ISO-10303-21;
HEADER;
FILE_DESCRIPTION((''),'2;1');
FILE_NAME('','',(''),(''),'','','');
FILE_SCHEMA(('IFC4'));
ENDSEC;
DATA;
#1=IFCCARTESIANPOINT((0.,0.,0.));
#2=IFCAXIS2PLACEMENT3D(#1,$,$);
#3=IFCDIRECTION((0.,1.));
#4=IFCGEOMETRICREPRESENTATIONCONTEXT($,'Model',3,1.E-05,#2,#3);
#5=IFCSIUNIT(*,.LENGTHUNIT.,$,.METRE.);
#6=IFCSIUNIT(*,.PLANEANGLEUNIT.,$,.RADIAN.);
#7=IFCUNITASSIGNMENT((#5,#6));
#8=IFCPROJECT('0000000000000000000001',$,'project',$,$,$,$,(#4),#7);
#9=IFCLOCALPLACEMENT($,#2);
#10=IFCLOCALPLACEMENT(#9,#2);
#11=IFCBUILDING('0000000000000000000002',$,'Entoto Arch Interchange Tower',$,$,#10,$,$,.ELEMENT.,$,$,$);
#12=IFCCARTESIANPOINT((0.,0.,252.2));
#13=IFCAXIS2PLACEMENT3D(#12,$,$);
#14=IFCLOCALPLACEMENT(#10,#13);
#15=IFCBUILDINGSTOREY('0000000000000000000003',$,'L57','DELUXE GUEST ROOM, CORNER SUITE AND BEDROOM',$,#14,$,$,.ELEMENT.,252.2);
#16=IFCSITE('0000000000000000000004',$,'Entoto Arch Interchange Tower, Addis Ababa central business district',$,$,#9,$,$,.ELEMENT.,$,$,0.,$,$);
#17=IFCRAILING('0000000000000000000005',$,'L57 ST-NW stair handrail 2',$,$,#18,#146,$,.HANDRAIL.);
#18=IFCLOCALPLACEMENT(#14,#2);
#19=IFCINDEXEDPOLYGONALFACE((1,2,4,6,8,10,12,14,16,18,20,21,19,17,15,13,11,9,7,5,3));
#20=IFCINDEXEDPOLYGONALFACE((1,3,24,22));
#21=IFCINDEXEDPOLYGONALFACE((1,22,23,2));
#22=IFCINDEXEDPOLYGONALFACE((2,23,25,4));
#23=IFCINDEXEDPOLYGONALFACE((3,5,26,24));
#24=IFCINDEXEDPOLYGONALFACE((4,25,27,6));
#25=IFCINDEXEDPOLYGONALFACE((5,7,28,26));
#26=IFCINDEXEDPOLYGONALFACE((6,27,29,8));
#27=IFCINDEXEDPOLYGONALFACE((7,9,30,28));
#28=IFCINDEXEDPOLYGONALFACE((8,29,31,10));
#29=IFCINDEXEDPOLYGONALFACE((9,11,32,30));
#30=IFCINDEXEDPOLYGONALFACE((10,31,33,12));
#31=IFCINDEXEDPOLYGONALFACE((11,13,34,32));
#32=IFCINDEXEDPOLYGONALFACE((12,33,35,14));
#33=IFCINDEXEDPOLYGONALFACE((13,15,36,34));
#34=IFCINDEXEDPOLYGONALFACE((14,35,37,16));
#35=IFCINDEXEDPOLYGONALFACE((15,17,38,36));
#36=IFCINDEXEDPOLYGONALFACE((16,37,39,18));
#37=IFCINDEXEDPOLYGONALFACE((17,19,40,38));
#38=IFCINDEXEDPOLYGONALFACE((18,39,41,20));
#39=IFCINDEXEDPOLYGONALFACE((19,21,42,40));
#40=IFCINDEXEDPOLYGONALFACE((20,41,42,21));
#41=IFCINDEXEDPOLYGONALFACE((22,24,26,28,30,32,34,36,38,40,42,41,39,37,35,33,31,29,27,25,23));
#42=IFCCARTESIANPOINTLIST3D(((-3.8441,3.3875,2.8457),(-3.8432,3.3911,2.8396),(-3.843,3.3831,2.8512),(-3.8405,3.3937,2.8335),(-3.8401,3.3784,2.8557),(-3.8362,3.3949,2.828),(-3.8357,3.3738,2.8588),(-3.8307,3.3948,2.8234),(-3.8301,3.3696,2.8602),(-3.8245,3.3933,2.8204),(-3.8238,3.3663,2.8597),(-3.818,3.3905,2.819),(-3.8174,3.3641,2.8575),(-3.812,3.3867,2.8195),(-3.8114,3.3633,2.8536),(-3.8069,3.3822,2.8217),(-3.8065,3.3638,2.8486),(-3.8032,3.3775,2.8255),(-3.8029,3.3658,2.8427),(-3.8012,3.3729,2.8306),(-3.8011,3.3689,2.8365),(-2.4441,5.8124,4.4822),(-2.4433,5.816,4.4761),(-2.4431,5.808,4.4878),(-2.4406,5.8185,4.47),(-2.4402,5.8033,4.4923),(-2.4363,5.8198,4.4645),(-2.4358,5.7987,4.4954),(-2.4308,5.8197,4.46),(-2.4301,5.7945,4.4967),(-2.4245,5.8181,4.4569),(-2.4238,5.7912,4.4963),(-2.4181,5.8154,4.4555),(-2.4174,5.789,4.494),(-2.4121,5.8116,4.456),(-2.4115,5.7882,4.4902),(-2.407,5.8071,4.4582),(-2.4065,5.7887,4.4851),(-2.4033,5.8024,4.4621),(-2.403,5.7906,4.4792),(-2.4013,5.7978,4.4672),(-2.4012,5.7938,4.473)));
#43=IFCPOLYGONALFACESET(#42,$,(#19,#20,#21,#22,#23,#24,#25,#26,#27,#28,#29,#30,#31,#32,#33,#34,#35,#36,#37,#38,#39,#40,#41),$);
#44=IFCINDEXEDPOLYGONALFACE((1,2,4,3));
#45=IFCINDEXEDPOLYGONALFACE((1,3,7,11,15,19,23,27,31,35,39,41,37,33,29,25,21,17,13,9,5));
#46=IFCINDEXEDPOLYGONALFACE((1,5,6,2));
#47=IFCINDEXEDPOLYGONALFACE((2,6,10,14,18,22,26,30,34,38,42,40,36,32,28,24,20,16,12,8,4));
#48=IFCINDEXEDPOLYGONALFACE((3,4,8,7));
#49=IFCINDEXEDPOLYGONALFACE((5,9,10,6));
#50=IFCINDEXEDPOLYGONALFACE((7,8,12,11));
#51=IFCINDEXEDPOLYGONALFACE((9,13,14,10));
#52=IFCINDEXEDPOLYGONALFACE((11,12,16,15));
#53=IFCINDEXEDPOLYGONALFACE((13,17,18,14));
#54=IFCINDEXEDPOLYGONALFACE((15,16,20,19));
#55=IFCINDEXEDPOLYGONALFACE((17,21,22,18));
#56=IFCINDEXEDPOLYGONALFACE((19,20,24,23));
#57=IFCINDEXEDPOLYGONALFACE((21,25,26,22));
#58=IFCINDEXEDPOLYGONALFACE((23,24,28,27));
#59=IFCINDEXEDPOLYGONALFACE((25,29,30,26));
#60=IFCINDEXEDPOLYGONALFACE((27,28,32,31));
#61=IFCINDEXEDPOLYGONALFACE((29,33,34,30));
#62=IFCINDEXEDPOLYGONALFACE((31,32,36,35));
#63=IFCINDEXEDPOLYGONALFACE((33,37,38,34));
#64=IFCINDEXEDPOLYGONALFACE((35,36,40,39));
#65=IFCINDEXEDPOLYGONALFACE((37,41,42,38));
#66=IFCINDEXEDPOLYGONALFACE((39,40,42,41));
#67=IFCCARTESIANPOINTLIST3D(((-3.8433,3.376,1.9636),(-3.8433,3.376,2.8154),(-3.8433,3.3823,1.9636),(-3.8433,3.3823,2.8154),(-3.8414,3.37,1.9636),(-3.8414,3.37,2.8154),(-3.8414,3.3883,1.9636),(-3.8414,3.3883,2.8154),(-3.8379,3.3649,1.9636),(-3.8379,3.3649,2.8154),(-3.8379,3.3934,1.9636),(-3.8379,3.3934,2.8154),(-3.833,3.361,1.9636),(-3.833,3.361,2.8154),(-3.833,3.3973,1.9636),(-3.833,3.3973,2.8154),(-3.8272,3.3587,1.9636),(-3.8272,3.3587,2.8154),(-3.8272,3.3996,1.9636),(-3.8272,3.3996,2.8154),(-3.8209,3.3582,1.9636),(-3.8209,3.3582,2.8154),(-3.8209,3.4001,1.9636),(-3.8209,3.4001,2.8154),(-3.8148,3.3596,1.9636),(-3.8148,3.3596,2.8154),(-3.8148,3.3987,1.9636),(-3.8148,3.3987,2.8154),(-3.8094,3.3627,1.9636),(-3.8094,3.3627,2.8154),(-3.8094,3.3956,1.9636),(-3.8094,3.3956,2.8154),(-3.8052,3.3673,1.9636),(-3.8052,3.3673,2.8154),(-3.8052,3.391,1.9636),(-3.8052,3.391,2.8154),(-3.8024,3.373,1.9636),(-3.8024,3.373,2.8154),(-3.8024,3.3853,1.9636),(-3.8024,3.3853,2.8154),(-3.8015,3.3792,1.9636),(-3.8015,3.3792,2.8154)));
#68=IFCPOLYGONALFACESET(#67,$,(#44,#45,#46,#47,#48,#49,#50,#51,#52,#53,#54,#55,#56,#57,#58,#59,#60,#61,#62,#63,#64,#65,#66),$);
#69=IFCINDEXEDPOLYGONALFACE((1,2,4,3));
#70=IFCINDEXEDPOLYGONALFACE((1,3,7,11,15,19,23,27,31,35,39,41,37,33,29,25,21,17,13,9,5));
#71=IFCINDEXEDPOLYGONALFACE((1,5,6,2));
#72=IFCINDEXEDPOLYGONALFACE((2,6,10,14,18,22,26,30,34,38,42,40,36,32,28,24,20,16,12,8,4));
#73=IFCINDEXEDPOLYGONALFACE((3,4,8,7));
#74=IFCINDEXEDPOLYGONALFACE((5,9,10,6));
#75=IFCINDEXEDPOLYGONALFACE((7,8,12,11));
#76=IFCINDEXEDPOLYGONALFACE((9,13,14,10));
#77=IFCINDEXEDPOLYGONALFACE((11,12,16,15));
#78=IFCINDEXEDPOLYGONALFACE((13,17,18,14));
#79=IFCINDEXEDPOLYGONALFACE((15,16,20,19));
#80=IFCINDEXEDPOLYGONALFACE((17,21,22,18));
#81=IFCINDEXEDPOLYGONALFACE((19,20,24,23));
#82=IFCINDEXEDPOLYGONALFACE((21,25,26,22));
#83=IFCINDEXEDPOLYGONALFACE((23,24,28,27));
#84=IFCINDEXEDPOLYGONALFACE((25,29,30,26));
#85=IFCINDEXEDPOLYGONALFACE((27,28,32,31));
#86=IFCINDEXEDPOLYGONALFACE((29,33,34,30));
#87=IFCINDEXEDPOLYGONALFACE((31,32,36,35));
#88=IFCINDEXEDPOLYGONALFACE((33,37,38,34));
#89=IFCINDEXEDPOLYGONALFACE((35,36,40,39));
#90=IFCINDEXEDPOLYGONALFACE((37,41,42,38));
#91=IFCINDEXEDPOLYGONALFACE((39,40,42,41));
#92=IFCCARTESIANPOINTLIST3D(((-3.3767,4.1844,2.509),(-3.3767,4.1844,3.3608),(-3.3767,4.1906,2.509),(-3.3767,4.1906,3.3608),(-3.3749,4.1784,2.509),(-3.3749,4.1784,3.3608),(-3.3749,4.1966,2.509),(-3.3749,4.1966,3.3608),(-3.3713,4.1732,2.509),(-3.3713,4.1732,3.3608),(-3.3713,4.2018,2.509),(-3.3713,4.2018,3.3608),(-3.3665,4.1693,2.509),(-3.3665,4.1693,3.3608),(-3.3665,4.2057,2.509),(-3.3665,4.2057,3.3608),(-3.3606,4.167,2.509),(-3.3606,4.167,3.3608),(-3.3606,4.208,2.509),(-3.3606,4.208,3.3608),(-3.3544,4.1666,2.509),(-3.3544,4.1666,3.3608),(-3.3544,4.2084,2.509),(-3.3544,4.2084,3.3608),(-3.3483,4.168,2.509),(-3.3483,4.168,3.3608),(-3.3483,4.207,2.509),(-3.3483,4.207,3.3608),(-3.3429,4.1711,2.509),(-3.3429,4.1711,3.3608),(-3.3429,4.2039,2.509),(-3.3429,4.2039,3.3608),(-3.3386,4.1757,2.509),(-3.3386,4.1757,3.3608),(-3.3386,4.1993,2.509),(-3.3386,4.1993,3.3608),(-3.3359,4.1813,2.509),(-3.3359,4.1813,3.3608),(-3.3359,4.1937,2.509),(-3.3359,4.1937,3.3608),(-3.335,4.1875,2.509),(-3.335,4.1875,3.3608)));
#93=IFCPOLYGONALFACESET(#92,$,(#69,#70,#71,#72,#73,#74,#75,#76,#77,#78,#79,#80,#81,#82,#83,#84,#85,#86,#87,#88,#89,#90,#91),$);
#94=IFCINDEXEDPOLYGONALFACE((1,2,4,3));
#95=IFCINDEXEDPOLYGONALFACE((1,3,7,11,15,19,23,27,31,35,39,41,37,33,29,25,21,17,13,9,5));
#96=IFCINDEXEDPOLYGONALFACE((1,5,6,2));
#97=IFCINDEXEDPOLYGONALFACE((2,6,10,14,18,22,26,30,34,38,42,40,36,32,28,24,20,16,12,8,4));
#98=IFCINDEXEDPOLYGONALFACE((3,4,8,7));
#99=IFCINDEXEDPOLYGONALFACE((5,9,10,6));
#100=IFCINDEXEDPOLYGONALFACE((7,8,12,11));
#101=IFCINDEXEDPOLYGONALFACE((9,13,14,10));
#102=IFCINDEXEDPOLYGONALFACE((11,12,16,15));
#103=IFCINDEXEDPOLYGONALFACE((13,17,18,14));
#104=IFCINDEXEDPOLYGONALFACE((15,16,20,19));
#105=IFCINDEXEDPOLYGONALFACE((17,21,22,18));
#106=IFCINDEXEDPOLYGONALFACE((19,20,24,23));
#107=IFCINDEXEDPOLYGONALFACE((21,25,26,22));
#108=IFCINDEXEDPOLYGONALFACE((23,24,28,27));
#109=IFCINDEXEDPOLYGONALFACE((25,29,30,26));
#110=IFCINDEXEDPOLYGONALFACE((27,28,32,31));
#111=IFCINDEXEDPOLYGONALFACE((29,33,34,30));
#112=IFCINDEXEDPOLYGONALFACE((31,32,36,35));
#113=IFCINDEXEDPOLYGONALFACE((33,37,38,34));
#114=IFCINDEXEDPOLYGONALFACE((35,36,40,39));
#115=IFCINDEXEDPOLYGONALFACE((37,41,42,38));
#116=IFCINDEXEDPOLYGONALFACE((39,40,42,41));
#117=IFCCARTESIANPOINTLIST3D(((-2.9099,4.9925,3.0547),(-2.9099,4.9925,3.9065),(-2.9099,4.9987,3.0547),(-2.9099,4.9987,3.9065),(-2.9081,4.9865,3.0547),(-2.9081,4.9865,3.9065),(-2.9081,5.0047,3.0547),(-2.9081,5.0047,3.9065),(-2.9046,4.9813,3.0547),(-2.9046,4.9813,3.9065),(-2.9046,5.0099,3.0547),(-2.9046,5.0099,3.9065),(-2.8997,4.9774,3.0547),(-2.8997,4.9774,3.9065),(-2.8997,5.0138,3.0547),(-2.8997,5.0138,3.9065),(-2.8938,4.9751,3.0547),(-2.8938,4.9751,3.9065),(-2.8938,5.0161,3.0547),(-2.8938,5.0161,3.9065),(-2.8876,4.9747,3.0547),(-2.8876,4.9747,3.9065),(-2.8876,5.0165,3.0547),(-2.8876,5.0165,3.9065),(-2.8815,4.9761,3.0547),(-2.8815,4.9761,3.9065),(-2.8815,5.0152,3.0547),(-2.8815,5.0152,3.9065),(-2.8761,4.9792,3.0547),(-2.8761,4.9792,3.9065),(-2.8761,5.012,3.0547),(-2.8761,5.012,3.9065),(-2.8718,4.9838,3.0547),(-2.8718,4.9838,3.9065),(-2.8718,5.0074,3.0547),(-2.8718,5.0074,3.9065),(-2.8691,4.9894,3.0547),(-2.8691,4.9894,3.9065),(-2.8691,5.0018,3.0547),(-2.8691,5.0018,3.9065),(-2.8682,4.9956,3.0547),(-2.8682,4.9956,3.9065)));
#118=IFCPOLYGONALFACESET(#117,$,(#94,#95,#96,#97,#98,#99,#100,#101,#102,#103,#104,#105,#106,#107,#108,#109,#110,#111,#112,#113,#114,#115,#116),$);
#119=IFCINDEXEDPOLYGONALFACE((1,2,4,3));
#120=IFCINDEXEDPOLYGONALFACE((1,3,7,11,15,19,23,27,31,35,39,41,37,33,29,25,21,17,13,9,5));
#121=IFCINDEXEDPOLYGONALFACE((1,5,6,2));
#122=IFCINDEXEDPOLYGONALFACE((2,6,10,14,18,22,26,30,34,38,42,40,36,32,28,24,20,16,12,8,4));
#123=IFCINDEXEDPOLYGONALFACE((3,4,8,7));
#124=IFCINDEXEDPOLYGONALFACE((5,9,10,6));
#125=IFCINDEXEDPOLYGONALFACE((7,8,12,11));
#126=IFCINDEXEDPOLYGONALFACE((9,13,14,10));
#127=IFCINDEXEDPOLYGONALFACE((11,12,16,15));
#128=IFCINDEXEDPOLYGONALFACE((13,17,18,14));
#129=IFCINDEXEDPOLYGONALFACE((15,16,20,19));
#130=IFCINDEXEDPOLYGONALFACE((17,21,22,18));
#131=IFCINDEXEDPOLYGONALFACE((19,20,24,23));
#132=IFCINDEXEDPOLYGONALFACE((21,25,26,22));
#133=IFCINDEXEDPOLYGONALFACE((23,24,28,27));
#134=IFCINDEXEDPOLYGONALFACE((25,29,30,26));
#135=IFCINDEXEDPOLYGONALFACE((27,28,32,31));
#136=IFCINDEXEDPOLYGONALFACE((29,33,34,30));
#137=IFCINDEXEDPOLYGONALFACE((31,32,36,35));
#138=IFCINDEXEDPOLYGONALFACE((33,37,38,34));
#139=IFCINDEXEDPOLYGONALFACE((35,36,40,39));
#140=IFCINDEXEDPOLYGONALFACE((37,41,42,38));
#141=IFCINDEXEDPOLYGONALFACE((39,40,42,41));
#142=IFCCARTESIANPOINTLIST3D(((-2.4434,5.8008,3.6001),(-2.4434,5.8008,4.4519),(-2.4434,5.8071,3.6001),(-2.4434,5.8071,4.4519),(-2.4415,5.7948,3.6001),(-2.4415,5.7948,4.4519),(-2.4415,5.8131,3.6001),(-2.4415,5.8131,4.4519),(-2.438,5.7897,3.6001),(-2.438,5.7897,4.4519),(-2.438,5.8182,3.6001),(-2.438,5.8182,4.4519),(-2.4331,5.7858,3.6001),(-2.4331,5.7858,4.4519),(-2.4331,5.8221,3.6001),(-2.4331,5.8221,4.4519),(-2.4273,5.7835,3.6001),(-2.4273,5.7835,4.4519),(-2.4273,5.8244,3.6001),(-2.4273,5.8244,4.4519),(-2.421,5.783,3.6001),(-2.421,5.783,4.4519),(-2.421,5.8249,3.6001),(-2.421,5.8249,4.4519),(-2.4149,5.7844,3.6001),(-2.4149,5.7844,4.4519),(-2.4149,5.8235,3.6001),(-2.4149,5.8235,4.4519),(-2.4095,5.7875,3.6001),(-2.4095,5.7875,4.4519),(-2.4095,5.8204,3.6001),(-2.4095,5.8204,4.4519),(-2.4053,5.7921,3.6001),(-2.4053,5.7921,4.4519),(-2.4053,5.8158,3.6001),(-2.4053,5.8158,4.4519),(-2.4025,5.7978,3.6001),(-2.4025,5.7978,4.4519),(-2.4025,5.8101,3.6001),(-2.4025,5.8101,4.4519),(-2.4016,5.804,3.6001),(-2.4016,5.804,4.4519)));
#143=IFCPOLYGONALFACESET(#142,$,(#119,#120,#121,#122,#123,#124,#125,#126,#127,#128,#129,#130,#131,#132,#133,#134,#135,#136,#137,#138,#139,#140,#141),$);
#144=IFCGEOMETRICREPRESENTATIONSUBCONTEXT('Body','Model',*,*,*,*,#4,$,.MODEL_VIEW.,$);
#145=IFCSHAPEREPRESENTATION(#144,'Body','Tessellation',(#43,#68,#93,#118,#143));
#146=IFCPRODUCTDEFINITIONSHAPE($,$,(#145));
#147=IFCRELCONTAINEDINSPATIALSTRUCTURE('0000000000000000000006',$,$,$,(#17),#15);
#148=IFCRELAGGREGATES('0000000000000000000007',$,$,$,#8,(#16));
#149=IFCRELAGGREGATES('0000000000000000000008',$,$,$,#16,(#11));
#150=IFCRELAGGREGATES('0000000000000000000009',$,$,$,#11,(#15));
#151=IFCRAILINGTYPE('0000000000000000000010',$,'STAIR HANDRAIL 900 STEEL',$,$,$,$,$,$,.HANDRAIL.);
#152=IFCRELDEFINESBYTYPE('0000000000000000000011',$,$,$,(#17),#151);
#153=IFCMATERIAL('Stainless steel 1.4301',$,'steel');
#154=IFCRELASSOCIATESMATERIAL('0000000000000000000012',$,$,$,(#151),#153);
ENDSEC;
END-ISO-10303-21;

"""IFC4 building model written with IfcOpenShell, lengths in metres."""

from ifc_helpers import new_model, si_unit, direction, frame, origin, origin_2d, place, context, subcontext, project, spatial, circle, extrude, material, type_object, element, save


model = new_model("IFC4")

# Units and contexts
model_context = context("Model", 3, precision=1e-05, world=origin(), true_north=direction((0.0, 1.0)))
body_context = subcontext(model_context, "Body", "Model", "MODEL_VIEW")
ifc_project = project(units=[si_unit("LENGTHUNIT", "METRE"), si_unit("PLANEANGLEUNIT", "RADIAN")], contexts=[model_context])

# Site, building, storey
site_placement = place(None, origin())
site = spatial("IfcSite", under=ifc_project, at=site_placement, Name="Entoto Arch Interchange Tower, Addis Ababa central business district", CompositionType="ELEMENT", RefElevation=0.0)
building_placement = place(site_placement, origin())
building = spatial("IfcBuilding", under=site, at=building_placement, Name="Entoto Arch Interchange Tower", CompositionType="ELEMENT")
storey_placement = place(building_placement, frame((0.0, 0.0, 252.2)))
storey = spatial("IfcBuildingStorey", under=building, at=storey_placement, Name="L57", Description="DELUXE GUEST ROOM, CORNER SUITE AND BEDROOM", CompositionType="ELEMENT", Elevation=252.2)

# Railing
ifc_material_1 = material(Name="Stainless steel 1.4301", Category="steel")
railing_type_1 = type_object("IfcRailingType", Name="STAIR HANDRAIL 900 STEEL", PredefinedType="HANDRAIL", material=ifc_material_1)
railing_1_placement = place(storey_placement, frame((-3.8225, 3.3792, 1.9636)))
element("IfcRailing", 1, at=railing_1_placement, inside=storey, type_object=railing_type_1, Name="L57 ST-NW stair handrail 2", PredefinedType="HANDRAIL", context=body_context, shape_type="SweptSolid", body=[
    extrude(circle(Radius=0.0239, at=origin_2d()), frame((0.0, 0.0, 0.876), z_axis=(0.431661, 0.74769, 0.504608), x_axis=(-0.866035, 0.499984, 0.0)), (0.0, 0.0, 1.0), 3.2432),
    extrude(circle(Radius=0.021, at=origin_2d()), origin(), (0.0, 0.0, 1.0), 0.8518),
    extrude(circle(Radius=0.021, at=origin_2d()), frame((0.4666, 0.8083, 0.5454)), (0.0, 0.0, 1.0), 0.8518),
    extrude(circle(Radius=0.021, at=origin_2d()), frame((0.9333, 1.6165, 1.0911)), (0.0, 0.0, 1.0), 0.8518),
    extrude(circle(Radius=0.021, at=origin_2d()), frame((1.3999, 2.4248, 1.6365)), (0.0, 0.0, 1.0), 0.8518),
])

save(model, "model.ifc")
